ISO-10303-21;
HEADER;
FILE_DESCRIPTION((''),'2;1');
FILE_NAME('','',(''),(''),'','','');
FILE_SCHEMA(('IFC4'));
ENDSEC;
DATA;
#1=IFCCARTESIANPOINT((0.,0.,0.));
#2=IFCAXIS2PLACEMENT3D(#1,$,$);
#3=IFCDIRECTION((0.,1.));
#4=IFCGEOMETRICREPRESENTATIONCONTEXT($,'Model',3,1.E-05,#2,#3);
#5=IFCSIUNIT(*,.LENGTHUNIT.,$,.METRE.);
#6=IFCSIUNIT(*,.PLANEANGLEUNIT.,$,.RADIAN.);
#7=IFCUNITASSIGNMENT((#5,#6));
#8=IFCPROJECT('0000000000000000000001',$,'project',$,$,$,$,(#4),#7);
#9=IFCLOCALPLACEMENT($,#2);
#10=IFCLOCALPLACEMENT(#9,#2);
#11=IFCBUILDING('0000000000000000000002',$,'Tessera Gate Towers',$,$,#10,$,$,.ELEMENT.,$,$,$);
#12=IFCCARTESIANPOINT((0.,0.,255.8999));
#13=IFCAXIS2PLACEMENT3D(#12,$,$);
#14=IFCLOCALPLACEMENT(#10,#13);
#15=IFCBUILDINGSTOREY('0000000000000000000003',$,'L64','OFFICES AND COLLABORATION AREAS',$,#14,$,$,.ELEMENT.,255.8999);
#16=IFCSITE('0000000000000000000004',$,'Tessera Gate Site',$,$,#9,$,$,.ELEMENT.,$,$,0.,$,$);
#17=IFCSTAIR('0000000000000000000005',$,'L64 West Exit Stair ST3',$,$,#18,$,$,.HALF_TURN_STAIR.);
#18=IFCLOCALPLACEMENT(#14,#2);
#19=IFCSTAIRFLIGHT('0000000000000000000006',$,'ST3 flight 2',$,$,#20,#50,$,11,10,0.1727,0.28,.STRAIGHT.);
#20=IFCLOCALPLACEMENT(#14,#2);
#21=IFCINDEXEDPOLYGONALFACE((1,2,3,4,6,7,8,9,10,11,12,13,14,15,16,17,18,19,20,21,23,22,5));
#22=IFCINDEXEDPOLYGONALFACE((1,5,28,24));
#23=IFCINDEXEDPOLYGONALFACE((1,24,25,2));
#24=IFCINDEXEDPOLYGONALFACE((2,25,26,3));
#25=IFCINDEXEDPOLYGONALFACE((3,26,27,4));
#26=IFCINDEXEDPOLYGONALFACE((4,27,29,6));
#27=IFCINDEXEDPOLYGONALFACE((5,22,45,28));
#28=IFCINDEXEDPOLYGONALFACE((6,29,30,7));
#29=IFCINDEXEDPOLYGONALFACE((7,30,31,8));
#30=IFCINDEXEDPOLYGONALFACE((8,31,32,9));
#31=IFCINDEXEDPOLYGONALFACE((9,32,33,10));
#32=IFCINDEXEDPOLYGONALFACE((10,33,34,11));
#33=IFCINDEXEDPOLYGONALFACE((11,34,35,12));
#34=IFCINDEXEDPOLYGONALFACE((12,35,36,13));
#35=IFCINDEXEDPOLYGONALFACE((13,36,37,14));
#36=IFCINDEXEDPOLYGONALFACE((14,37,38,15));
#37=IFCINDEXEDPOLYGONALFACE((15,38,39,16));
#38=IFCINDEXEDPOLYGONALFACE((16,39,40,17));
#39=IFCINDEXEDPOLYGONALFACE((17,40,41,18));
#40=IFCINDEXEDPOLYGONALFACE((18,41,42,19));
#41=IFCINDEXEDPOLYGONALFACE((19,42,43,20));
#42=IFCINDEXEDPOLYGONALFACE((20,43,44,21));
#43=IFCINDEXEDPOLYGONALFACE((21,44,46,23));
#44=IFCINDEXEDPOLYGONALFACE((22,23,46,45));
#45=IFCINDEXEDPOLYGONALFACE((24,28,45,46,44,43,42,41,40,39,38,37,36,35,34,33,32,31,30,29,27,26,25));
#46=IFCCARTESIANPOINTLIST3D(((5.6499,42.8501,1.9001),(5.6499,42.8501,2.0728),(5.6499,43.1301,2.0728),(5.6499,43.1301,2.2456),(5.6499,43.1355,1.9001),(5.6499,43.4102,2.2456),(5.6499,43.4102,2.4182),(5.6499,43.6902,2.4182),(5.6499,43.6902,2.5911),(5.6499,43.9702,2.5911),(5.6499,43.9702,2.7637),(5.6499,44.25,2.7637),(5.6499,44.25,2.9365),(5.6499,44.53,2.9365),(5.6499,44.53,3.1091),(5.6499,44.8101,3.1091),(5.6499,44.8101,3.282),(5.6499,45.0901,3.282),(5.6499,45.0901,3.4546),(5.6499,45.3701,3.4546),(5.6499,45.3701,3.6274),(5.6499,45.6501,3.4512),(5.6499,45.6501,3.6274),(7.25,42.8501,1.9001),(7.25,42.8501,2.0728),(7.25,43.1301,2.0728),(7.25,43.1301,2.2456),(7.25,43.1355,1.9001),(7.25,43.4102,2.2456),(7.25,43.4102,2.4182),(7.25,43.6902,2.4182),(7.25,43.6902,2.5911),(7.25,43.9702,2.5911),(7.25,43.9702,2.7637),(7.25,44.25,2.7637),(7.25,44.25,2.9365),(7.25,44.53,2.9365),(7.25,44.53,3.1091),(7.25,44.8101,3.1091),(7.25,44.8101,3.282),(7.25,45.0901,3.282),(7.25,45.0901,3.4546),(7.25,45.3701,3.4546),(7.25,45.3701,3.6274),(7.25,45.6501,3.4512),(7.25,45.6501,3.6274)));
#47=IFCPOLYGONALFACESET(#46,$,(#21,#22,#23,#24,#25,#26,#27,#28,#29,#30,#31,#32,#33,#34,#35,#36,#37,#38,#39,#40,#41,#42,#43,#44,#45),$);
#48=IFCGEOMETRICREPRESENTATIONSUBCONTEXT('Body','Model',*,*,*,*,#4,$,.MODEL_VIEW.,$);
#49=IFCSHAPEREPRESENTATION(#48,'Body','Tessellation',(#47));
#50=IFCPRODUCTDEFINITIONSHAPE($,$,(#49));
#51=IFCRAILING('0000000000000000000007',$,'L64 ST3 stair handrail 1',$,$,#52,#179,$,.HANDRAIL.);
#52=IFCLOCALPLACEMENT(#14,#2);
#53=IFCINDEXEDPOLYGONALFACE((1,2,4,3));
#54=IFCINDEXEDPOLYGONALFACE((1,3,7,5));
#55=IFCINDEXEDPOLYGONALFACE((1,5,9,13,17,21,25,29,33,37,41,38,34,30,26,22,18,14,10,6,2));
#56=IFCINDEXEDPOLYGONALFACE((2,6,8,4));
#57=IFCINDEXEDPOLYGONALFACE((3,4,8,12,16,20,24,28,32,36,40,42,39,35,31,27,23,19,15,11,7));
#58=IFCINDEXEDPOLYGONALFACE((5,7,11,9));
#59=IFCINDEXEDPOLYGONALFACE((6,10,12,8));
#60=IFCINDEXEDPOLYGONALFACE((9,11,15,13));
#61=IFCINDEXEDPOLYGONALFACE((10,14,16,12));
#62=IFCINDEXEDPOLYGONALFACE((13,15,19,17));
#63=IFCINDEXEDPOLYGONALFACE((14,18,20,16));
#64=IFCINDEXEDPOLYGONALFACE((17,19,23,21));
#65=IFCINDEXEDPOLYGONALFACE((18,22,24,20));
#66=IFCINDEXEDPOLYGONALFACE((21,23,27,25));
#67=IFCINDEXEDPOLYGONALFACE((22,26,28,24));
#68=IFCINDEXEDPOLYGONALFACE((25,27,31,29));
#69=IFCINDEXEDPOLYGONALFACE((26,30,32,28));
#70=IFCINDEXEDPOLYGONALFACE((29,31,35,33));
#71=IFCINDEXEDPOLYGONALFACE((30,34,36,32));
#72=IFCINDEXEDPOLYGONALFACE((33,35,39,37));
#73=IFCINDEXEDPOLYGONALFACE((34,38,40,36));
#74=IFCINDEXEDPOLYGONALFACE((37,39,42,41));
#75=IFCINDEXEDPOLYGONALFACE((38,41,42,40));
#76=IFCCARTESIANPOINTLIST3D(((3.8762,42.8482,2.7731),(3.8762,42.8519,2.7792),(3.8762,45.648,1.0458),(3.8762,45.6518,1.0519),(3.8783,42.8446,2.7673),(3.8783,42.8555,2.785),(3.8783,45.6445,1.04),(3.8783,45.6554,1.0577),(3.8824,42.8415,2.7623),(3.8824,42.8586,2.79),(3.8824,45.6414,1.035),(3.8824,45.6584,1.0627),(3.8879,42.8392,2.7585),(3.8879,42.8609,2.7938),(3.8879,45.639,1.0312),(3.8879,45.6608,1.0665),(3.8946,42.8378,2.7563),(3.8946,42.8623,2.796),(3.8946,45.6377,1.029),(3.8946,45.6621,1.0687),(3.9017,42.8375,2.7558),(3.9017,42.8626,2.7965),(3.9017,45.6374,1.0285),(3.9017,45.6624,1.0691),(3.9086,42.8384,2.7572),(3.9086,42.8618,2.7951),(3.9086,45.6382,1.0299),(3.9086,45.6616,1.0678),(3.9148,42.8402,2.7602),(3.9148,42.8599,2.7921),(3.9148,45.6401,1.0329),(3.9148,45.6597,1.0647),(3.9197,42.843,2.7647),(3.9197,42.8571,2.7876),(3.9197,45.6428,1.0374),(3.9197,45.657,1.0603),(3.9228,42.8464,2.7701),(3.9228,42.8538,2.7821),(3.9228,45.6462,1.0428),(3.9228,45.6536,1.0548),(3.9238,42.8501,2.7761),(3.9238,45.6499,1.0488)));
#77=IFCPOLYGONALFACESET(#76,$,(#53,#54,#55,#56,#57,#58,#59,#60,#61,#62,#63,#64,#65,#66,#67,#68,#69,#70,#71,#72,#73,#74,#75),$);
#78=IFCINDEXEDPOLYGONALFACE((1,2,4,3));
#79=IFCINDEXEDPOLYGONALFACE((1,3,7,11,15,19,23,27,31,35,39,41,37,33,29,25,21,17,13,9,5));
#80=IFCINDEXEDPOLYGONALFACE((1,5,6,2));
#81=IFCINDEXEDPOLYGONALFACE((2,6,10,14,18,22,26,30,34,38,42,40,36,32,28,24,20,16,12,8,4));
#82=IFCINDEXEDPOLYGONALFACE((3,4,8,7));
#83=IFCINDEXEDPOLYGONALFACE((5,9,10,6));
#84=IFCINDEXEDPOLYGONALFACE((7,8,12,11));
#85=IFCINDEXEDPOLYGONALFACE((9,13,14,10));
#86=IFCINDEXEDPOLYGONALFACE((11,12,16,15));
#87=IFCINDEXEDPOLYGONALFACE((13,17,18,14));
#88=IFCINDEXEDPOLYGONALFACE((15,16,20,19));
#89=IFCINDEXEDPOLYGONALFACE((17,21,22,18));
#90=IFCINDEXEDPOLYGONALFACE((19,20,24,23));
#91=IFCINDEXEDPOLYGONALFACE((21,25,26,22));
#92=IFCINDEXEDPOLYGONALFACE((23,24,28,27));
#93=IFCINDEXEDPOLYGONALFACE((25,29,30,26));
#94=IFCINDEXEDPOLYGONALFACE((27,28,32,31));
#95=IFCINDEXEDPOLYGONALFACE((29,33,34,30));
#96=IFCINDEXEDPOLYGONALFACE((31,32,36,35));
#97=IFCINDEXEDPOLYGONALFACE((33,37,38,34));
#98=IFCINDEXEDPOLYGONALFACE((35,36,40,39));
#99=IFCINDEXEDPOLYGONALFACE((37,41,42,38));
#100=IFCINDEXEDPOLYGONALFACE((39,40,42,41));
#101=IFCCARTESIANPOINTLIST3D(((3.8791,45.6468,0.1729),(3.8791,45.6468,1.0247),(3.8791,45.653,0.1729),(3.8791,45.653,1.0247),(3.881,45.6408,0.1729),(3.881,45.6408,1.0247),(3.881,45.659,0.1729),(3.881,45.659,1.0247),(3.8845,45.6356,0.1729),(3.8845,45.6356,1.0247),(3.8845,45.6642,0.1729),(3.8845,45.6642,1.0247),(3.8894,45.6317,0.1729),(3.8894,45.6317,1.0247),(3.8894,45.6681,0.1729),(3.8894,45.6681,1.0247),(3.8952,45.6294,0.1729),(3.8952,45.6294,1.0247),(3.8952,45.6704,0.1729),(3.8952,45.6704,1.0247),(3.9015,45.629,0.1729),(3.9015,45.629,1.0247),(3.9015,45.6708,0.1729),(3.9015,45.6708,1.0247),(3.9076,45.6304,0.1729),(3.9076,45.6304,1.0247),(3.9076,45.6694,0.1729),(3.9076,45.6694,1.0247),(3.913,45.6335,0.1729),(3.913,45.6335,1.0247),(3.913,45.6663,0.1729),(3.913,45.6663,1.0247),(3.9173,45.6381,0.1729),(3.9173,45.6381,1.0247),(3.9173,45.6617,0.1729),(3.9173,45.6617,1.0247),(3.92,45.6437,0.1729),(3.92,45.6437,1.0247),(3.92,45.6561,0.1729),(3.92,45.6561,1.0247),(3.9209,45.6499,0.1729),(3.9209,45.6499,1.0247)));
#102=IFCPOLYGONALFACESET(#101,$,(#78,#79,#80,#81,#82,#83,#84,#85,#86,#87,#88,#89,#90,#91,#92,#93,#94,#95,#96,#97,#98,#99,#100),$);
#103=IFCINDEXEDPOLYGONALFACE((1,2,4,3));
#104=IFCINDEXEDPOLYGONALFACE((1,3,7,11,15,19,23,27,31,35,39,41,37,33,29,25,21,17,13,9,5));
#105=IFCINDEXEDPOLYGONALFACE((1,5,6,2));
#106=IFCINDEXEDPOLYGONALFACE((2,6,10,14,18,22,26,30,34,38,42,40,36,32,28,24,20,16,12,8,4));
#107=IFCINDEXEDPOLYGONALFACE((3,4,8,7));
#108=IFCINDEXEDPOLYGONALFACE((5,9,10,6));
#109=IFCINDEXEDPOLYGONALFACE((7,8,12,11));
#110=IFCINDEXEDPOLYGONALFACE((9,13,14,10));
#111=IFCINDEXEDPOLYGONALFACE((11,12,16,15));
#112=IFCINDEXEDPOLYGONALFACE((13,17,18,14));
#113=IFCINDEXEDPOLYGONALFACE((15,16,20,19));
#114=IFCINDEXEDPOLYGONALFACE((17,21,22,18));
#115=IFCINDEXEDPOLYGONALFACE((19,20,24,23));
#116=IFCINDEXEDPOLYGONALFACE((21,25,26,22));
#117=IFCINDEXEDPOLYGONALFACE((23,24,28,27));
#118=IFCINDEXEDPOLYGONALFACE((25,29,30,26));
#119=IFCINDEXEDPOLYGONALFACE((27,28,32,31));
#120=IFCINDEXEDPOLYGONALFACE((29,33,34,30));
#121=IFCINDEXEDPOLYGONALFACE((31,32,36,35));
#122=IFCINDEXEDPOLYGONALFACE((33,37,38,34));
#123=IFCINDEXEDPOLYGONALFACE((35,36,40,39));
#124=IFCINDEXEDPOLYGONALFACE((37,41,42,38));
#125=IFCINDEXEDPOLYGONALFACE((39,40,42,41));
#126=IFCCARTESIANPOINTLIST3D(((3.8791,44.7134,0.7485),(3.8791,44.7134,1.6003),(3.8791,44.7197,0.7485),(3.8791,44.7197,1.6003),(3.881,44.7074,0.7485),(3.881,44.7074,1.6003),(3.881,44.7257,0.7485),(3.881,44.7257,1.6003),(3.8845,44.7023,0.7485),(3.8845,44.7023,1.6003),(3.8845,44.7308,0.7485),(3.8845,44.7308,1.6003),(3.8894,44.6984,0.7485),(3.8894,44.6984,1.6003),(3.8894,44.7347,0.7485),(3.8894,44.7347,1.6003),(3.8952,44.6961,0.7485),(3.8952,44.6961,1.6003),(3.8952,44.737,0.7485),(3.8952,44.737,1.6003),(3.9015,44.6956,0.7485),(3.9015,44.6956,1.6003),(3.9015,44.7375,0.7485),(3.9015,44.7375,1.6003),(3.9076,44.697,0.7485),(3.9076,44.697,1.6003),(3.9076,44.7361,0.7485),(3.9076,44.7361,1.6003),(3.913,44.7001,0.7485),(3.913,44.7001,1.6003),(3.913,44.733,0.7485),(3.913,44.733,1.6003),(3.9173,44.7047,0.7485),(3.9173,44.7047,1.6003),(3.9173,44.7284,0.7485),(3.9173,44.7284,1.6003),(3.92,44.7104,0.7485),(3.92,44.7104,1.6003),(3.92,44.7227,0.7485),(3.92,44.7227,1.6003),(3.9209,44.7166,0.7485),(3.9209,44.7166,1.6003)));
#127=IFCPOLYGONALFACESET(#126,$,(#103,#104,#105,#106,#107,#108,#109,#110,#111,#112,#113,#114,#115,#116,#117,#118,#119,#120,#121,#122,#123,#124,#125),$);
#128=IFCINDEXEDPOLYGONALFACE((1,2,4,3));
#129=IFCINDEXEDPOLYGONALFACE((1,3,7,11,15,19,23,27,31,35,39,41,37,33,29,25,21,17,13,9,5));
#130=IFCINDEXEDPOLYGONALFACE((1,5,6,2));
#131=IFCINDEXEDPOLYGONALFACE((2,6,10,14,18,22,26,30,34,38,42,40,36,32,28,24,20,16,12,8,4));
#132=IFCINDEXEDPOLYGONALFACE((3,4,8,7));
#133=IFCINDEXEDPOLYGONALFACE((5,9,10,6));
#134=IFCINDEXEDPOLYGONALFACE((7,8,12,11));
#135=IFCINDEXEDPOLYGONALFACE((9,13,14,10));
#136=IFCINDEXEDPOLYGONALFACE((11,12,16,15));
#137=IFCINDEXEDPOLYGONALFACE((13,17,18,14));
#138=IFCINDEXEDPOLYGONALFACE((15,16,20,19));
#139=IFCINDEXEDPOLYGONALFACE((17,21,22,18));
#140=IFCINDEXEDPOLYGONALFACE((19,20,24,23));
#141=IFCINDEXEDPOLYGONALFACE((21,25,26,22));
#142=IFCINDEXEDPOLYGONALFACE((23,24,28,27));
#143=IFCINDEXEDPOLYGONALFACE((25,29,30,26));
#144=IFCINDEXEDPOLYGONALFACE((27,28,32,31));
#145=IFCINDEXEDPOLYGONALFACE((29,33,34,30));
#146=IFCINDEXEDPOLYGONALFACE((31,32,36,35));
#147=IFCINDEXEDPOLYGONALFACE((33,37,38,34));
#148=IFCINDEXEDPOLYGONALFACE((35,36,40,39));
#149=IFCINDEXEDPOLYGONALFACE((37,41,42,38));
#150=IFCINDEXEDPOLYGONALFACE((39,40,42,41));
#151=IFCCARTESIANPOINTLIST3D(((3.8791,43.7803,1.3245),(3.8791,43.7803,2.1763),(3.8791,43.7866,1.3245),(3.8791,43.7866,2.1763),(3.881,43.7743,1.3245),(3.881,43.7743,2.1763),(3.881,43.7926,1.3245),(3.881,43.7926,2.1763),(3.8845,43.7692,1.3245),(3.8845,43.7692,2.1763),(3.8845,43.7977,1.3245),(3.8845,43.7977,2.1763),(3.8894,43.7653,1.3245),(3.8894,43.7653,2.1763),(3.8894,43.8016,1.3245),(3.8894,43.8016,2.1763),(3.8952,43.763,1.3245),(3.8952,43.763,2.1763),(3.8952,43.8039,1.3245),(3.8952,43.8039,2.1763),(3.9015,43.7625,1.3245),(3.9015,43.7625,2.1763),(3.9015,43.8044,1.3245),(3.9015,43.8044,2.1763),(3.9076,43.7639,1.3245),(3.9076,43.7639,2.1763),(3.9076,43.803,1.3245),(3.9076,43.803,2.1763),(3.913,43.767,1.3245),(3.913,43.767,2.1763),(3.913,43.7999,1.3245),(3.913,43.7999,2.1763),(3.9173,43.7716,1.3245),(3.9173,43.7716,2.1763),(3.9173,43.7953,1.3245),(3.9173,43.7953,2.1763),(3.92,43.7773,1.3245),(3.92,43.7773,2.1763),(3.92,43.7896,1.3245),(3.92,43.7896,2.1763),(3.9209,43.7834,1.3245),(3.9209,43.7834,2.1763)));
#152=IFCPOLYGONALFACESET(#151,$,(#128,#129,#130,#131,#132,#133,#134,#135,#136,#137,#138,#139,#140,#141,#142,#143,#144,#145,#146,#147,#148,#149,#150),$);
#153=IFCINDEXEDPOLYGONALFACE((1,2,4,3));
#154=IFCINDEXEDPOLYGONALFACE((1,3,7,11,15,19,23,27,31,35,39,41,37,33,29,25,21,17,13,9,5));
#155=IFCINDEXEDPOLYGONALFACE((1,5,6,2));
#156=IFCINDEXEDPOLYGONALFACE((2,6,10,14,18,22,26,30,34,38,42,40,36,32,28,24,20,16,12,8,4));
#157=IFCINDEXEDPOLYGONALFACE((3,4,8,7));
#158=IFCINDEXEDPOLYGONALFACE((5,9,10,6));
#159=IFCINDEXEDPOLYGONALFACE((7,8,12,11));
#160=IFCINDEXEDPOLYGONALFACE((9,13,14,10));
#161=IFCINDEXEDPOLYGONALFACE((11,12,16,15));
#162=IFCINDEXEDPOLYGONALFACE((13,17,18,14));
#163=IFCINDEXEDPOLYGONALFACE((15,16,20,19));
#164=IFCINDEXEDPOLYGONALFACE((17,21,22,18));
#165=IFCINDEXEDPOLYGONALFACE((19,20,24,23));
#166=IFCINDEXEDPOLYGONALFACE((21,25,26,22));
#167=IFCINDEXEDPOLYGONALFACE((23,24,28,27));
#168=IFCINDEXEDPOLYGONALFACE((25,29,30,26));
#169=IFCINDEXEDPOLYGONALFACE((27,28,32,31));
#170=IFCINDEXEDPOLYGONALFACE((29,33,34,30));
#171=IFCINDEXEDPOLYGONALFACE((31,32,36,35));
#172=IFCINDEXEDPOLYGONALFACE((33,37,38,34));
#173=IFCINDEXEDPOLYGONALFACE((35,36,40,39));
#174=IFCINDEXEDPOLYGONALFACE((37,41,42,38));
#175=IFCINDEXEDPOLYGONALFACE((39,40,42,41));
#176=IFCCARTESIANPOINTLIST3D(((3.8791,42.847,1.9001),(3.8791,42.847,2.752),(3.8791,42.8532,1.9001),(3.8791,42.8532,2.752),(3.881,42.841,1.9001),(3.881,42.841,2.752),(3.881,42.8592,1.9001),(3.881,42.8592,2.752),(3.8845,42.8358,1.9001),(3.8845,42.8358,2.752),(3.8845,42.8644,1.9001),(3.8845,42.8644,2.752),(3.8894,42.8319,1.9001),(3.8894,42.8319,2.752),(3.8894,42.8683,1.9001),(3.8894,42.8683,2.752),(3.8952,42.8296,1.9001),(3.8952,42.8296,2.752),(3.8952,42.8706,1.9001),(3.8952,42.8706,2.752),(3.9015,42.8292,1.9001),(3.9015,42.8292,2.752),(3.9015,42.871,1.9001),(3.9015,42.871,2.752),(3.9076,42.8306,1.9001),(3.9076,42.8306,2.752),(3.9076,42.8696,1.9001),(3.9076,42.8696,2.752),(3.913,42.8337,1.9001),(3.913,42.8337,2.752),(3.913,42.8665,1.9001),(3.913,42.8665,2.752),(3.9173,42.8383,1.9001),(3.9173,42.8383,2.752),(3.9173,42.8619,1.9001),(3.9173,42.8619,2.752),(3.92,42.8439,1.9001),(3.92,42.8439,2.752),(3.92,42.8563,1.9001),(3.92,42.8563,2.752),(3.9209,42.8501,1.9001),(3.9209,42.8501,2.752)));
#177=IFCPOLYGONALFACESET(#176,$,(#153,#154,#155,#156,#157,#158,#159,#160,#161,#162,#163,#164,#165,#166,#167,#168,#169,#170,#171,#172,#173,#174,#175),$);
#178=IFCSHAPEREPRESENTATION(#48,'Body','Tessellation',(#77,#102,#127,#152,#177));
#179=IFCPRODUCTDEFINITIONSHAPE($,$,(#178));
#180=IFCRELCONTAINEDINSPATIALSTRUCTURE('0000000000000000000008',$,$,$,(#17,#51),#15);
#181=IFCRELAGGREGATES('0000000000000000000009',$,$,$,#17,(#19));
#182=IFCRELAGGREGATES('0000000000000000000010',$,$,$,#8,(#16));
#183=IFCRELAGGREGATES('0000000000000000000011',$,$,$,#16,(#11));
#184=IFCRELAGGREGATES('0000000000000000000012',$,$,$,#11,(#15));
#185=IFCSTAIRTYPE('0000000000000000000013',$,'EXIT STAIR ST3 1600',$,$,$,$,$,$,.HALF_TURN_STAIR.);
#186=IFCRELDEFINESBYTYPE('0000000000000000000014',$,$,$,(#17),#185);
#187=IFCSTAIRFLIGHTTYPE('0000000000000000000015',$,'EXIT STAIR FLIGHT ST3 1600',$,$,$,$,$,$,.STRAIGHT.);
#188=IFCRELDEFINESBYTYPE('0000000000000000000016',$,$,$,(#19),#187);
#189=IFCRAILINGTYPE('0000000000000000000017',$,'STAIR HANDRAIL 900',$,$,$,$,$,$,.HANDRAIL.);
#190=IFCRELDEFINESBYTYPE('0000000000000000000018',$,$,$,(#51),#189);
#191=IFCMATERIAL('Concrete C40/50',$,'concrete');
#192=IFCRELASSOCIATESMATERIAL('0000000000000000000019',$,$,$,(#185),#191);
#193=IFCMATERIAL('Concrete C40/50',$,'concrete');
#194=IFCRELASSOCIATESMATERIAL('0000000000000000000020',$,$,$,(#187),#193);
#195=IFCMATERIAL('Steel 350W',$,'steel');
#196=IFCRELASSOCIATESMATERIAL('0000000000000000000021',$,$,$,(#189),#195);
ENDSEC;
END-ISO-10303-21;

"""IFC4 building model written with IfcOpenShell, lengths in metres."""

from ifc_helpers import new_model, si_unit, direction, frame, origin, origin_2d, place, context, subcontext, project, spatial, polyline, circle, outline, extrude, material, type_object, element, aggregate, save


model = new_model("IFC4")

# Units and contexts
model_context = context("Model", 3, precision=1e-05, world=origin(), true_north=direction((0.0, 1.0)))
body_context = subcontext(model_context, "Body", "Model", "MODEL_VIEW")
ifc_project = project(units=[si_unit("LENGTHUNIT", "METRE"), si_unit("PLANEANGLEUNIT", "RADIAN")], contexts=[model_context])

# Site, building, storey
site_placement = place(None, origin())
site = spatial("IfcSite", under=ifc_project, at=site_placement, Name="Tessera Gate Site", CompositionType="ELEMENT", RefElevation=0.0)
building_placement = place(site_placement, origin())
building = spatial("IfcBuilding", under=site, at=building_placement, Name="Tessera Gate Towers", CompositionType="ELEMENT")
storey_placement = place(building_placement, frame((0.0, 0.0, 255.8999)))
storey = spatial("IfcBuildingStorey", under=building, at=storey_placement, Name="L64", Description="OFFICES AND COLLABORATION AREAS", CompositionType="ELEMENT", Elevation=255.8999)

# Stair, stair flight
ifc_material_1 = material(Name="Concrete C40/50", Category="concrete")
stair_type = type_object("IfcStairType", Name="EXIT STAIR ST3 1600", PredefinedType="HALF_TURN_STAIR", material=ifc_material_1)
stair_placement = place(storey_placement, origin())
stair = element("IfcStair", 1, at=stair_placement, inside=storey, type_object=stair_type, Name="L64 West Exit Stair ST3", PredefinedType="HALF_TURN_STAIR")
ifc_material_2 = material(Name="Concrete C40/50", Category="concrete")
stair_flight_type = type_object("IfcStairFlightType", Name="EXIT STAIR FLIGHT ST3 1600", PredefinedType="STRAIGHT", material=ifc_material_2)
stair_flight_1_placement = place(storey_placement, frame((6.45, 42.8501, 1.9001), z_axis=(0.0, 0.0, 1.0), x_axis=(0.0, 1.0, 0.0)))
stair_flight_1 = element("IfcStairFlight", 2, at=stair_flight_1_placement, type_object=stair_flight_type, Name="ST3 flight 2", NumberOfRisers=11, NumberOfTreads=10, PredefinedType="STRAIGHT", RiserHeight=0.1727, TreadLength=0.28, context=body_context, shape_type="SweptSolid", body=[
    extrude(outline(polyline([(0.0, 0.0), (0.0, 0.1726), (0.28, 0.1726), (0.28, 0.3455), (0.5601, 0.3455), (0.5601, 0.5181), (0.8401, 0.5181), (0.8401, 0.6909), (1.1201, 0.6909), (1.1201, 0.8635), (1.3999, 0.8635), (1.3999, 1.0364), (1.6799, 1.0364), (1.6799, 1.209), (1.96, 1.209), (1.96, 1.3818), (2.24, 1.3818), (2.24, 1.5544), (2.52, 1.5544), (2.52, 1.7273), (2.8, 1.7273), (2.8, 1.8999), (2.8, 1.551), (0.2854, 0.0), (0.0, 0.0)])), frame((0.0, 0.8, 0.0), z_axis=(0.0, -1.0, 0.0), x_axis=(1.0, 0.0, 0.0)), (0.0, 0.0, 1.0), 1.6001),
])
aggregate(stair, [stair_flight_1])

# Railing
ifc_material_3 = material(Name="Steel 350W", Category="steel")
railing_type_1 = type_object("IfcRailingType", Name="STAIR HANDRAIL 900", PredefinedType="HANDRAIL", material=ifc_material_3)
railing_1_placement = place(storey_placement, frame((3.8999, 45.6499, 0.1729)))
element("IfcRailing", 3, at=railing_1_placement, inside=storey, type_object=railing_type_1, Name="L64 ST3 stair handrail 1", PredefinedType="HANDRAIL", context=body_context, shape_type="SweptSolid", body=[
    extrude(circle(Radius=0.0239, at=origin_2d()), frame((0.0, 0.0, 0.876), z_axis=(0.0, -0.851069, 0.525054), x_axis=(1.0, 0.0, 0.0)), (0.0, 0.0, 1.0), 3.2898),
    extrude(circle(Radius=0.021, at=origin_2d()), origin(), (0.0, 0.0, 1.0), 0.8518),
    extrude(circle(Radius=0.021, at=origin_2d()), frame((0.0, -0.9333, 0.5757)), (0.0, 0.0, 1.0), 0.8518),
    extrude(circle(Radius=0.021, at=origin_2d()), frame((0.0, -1.8665, 1.1516)), (0.0, 0.0, 1.0), 0.8518),
    extrude(circle(Radius=0.021, at=origin_2d()), frame((0.0, -2.7998, 1.7273)), (0.0, 0.0, 1.0), 0.8518),
])

save(model, "model.ifc")
